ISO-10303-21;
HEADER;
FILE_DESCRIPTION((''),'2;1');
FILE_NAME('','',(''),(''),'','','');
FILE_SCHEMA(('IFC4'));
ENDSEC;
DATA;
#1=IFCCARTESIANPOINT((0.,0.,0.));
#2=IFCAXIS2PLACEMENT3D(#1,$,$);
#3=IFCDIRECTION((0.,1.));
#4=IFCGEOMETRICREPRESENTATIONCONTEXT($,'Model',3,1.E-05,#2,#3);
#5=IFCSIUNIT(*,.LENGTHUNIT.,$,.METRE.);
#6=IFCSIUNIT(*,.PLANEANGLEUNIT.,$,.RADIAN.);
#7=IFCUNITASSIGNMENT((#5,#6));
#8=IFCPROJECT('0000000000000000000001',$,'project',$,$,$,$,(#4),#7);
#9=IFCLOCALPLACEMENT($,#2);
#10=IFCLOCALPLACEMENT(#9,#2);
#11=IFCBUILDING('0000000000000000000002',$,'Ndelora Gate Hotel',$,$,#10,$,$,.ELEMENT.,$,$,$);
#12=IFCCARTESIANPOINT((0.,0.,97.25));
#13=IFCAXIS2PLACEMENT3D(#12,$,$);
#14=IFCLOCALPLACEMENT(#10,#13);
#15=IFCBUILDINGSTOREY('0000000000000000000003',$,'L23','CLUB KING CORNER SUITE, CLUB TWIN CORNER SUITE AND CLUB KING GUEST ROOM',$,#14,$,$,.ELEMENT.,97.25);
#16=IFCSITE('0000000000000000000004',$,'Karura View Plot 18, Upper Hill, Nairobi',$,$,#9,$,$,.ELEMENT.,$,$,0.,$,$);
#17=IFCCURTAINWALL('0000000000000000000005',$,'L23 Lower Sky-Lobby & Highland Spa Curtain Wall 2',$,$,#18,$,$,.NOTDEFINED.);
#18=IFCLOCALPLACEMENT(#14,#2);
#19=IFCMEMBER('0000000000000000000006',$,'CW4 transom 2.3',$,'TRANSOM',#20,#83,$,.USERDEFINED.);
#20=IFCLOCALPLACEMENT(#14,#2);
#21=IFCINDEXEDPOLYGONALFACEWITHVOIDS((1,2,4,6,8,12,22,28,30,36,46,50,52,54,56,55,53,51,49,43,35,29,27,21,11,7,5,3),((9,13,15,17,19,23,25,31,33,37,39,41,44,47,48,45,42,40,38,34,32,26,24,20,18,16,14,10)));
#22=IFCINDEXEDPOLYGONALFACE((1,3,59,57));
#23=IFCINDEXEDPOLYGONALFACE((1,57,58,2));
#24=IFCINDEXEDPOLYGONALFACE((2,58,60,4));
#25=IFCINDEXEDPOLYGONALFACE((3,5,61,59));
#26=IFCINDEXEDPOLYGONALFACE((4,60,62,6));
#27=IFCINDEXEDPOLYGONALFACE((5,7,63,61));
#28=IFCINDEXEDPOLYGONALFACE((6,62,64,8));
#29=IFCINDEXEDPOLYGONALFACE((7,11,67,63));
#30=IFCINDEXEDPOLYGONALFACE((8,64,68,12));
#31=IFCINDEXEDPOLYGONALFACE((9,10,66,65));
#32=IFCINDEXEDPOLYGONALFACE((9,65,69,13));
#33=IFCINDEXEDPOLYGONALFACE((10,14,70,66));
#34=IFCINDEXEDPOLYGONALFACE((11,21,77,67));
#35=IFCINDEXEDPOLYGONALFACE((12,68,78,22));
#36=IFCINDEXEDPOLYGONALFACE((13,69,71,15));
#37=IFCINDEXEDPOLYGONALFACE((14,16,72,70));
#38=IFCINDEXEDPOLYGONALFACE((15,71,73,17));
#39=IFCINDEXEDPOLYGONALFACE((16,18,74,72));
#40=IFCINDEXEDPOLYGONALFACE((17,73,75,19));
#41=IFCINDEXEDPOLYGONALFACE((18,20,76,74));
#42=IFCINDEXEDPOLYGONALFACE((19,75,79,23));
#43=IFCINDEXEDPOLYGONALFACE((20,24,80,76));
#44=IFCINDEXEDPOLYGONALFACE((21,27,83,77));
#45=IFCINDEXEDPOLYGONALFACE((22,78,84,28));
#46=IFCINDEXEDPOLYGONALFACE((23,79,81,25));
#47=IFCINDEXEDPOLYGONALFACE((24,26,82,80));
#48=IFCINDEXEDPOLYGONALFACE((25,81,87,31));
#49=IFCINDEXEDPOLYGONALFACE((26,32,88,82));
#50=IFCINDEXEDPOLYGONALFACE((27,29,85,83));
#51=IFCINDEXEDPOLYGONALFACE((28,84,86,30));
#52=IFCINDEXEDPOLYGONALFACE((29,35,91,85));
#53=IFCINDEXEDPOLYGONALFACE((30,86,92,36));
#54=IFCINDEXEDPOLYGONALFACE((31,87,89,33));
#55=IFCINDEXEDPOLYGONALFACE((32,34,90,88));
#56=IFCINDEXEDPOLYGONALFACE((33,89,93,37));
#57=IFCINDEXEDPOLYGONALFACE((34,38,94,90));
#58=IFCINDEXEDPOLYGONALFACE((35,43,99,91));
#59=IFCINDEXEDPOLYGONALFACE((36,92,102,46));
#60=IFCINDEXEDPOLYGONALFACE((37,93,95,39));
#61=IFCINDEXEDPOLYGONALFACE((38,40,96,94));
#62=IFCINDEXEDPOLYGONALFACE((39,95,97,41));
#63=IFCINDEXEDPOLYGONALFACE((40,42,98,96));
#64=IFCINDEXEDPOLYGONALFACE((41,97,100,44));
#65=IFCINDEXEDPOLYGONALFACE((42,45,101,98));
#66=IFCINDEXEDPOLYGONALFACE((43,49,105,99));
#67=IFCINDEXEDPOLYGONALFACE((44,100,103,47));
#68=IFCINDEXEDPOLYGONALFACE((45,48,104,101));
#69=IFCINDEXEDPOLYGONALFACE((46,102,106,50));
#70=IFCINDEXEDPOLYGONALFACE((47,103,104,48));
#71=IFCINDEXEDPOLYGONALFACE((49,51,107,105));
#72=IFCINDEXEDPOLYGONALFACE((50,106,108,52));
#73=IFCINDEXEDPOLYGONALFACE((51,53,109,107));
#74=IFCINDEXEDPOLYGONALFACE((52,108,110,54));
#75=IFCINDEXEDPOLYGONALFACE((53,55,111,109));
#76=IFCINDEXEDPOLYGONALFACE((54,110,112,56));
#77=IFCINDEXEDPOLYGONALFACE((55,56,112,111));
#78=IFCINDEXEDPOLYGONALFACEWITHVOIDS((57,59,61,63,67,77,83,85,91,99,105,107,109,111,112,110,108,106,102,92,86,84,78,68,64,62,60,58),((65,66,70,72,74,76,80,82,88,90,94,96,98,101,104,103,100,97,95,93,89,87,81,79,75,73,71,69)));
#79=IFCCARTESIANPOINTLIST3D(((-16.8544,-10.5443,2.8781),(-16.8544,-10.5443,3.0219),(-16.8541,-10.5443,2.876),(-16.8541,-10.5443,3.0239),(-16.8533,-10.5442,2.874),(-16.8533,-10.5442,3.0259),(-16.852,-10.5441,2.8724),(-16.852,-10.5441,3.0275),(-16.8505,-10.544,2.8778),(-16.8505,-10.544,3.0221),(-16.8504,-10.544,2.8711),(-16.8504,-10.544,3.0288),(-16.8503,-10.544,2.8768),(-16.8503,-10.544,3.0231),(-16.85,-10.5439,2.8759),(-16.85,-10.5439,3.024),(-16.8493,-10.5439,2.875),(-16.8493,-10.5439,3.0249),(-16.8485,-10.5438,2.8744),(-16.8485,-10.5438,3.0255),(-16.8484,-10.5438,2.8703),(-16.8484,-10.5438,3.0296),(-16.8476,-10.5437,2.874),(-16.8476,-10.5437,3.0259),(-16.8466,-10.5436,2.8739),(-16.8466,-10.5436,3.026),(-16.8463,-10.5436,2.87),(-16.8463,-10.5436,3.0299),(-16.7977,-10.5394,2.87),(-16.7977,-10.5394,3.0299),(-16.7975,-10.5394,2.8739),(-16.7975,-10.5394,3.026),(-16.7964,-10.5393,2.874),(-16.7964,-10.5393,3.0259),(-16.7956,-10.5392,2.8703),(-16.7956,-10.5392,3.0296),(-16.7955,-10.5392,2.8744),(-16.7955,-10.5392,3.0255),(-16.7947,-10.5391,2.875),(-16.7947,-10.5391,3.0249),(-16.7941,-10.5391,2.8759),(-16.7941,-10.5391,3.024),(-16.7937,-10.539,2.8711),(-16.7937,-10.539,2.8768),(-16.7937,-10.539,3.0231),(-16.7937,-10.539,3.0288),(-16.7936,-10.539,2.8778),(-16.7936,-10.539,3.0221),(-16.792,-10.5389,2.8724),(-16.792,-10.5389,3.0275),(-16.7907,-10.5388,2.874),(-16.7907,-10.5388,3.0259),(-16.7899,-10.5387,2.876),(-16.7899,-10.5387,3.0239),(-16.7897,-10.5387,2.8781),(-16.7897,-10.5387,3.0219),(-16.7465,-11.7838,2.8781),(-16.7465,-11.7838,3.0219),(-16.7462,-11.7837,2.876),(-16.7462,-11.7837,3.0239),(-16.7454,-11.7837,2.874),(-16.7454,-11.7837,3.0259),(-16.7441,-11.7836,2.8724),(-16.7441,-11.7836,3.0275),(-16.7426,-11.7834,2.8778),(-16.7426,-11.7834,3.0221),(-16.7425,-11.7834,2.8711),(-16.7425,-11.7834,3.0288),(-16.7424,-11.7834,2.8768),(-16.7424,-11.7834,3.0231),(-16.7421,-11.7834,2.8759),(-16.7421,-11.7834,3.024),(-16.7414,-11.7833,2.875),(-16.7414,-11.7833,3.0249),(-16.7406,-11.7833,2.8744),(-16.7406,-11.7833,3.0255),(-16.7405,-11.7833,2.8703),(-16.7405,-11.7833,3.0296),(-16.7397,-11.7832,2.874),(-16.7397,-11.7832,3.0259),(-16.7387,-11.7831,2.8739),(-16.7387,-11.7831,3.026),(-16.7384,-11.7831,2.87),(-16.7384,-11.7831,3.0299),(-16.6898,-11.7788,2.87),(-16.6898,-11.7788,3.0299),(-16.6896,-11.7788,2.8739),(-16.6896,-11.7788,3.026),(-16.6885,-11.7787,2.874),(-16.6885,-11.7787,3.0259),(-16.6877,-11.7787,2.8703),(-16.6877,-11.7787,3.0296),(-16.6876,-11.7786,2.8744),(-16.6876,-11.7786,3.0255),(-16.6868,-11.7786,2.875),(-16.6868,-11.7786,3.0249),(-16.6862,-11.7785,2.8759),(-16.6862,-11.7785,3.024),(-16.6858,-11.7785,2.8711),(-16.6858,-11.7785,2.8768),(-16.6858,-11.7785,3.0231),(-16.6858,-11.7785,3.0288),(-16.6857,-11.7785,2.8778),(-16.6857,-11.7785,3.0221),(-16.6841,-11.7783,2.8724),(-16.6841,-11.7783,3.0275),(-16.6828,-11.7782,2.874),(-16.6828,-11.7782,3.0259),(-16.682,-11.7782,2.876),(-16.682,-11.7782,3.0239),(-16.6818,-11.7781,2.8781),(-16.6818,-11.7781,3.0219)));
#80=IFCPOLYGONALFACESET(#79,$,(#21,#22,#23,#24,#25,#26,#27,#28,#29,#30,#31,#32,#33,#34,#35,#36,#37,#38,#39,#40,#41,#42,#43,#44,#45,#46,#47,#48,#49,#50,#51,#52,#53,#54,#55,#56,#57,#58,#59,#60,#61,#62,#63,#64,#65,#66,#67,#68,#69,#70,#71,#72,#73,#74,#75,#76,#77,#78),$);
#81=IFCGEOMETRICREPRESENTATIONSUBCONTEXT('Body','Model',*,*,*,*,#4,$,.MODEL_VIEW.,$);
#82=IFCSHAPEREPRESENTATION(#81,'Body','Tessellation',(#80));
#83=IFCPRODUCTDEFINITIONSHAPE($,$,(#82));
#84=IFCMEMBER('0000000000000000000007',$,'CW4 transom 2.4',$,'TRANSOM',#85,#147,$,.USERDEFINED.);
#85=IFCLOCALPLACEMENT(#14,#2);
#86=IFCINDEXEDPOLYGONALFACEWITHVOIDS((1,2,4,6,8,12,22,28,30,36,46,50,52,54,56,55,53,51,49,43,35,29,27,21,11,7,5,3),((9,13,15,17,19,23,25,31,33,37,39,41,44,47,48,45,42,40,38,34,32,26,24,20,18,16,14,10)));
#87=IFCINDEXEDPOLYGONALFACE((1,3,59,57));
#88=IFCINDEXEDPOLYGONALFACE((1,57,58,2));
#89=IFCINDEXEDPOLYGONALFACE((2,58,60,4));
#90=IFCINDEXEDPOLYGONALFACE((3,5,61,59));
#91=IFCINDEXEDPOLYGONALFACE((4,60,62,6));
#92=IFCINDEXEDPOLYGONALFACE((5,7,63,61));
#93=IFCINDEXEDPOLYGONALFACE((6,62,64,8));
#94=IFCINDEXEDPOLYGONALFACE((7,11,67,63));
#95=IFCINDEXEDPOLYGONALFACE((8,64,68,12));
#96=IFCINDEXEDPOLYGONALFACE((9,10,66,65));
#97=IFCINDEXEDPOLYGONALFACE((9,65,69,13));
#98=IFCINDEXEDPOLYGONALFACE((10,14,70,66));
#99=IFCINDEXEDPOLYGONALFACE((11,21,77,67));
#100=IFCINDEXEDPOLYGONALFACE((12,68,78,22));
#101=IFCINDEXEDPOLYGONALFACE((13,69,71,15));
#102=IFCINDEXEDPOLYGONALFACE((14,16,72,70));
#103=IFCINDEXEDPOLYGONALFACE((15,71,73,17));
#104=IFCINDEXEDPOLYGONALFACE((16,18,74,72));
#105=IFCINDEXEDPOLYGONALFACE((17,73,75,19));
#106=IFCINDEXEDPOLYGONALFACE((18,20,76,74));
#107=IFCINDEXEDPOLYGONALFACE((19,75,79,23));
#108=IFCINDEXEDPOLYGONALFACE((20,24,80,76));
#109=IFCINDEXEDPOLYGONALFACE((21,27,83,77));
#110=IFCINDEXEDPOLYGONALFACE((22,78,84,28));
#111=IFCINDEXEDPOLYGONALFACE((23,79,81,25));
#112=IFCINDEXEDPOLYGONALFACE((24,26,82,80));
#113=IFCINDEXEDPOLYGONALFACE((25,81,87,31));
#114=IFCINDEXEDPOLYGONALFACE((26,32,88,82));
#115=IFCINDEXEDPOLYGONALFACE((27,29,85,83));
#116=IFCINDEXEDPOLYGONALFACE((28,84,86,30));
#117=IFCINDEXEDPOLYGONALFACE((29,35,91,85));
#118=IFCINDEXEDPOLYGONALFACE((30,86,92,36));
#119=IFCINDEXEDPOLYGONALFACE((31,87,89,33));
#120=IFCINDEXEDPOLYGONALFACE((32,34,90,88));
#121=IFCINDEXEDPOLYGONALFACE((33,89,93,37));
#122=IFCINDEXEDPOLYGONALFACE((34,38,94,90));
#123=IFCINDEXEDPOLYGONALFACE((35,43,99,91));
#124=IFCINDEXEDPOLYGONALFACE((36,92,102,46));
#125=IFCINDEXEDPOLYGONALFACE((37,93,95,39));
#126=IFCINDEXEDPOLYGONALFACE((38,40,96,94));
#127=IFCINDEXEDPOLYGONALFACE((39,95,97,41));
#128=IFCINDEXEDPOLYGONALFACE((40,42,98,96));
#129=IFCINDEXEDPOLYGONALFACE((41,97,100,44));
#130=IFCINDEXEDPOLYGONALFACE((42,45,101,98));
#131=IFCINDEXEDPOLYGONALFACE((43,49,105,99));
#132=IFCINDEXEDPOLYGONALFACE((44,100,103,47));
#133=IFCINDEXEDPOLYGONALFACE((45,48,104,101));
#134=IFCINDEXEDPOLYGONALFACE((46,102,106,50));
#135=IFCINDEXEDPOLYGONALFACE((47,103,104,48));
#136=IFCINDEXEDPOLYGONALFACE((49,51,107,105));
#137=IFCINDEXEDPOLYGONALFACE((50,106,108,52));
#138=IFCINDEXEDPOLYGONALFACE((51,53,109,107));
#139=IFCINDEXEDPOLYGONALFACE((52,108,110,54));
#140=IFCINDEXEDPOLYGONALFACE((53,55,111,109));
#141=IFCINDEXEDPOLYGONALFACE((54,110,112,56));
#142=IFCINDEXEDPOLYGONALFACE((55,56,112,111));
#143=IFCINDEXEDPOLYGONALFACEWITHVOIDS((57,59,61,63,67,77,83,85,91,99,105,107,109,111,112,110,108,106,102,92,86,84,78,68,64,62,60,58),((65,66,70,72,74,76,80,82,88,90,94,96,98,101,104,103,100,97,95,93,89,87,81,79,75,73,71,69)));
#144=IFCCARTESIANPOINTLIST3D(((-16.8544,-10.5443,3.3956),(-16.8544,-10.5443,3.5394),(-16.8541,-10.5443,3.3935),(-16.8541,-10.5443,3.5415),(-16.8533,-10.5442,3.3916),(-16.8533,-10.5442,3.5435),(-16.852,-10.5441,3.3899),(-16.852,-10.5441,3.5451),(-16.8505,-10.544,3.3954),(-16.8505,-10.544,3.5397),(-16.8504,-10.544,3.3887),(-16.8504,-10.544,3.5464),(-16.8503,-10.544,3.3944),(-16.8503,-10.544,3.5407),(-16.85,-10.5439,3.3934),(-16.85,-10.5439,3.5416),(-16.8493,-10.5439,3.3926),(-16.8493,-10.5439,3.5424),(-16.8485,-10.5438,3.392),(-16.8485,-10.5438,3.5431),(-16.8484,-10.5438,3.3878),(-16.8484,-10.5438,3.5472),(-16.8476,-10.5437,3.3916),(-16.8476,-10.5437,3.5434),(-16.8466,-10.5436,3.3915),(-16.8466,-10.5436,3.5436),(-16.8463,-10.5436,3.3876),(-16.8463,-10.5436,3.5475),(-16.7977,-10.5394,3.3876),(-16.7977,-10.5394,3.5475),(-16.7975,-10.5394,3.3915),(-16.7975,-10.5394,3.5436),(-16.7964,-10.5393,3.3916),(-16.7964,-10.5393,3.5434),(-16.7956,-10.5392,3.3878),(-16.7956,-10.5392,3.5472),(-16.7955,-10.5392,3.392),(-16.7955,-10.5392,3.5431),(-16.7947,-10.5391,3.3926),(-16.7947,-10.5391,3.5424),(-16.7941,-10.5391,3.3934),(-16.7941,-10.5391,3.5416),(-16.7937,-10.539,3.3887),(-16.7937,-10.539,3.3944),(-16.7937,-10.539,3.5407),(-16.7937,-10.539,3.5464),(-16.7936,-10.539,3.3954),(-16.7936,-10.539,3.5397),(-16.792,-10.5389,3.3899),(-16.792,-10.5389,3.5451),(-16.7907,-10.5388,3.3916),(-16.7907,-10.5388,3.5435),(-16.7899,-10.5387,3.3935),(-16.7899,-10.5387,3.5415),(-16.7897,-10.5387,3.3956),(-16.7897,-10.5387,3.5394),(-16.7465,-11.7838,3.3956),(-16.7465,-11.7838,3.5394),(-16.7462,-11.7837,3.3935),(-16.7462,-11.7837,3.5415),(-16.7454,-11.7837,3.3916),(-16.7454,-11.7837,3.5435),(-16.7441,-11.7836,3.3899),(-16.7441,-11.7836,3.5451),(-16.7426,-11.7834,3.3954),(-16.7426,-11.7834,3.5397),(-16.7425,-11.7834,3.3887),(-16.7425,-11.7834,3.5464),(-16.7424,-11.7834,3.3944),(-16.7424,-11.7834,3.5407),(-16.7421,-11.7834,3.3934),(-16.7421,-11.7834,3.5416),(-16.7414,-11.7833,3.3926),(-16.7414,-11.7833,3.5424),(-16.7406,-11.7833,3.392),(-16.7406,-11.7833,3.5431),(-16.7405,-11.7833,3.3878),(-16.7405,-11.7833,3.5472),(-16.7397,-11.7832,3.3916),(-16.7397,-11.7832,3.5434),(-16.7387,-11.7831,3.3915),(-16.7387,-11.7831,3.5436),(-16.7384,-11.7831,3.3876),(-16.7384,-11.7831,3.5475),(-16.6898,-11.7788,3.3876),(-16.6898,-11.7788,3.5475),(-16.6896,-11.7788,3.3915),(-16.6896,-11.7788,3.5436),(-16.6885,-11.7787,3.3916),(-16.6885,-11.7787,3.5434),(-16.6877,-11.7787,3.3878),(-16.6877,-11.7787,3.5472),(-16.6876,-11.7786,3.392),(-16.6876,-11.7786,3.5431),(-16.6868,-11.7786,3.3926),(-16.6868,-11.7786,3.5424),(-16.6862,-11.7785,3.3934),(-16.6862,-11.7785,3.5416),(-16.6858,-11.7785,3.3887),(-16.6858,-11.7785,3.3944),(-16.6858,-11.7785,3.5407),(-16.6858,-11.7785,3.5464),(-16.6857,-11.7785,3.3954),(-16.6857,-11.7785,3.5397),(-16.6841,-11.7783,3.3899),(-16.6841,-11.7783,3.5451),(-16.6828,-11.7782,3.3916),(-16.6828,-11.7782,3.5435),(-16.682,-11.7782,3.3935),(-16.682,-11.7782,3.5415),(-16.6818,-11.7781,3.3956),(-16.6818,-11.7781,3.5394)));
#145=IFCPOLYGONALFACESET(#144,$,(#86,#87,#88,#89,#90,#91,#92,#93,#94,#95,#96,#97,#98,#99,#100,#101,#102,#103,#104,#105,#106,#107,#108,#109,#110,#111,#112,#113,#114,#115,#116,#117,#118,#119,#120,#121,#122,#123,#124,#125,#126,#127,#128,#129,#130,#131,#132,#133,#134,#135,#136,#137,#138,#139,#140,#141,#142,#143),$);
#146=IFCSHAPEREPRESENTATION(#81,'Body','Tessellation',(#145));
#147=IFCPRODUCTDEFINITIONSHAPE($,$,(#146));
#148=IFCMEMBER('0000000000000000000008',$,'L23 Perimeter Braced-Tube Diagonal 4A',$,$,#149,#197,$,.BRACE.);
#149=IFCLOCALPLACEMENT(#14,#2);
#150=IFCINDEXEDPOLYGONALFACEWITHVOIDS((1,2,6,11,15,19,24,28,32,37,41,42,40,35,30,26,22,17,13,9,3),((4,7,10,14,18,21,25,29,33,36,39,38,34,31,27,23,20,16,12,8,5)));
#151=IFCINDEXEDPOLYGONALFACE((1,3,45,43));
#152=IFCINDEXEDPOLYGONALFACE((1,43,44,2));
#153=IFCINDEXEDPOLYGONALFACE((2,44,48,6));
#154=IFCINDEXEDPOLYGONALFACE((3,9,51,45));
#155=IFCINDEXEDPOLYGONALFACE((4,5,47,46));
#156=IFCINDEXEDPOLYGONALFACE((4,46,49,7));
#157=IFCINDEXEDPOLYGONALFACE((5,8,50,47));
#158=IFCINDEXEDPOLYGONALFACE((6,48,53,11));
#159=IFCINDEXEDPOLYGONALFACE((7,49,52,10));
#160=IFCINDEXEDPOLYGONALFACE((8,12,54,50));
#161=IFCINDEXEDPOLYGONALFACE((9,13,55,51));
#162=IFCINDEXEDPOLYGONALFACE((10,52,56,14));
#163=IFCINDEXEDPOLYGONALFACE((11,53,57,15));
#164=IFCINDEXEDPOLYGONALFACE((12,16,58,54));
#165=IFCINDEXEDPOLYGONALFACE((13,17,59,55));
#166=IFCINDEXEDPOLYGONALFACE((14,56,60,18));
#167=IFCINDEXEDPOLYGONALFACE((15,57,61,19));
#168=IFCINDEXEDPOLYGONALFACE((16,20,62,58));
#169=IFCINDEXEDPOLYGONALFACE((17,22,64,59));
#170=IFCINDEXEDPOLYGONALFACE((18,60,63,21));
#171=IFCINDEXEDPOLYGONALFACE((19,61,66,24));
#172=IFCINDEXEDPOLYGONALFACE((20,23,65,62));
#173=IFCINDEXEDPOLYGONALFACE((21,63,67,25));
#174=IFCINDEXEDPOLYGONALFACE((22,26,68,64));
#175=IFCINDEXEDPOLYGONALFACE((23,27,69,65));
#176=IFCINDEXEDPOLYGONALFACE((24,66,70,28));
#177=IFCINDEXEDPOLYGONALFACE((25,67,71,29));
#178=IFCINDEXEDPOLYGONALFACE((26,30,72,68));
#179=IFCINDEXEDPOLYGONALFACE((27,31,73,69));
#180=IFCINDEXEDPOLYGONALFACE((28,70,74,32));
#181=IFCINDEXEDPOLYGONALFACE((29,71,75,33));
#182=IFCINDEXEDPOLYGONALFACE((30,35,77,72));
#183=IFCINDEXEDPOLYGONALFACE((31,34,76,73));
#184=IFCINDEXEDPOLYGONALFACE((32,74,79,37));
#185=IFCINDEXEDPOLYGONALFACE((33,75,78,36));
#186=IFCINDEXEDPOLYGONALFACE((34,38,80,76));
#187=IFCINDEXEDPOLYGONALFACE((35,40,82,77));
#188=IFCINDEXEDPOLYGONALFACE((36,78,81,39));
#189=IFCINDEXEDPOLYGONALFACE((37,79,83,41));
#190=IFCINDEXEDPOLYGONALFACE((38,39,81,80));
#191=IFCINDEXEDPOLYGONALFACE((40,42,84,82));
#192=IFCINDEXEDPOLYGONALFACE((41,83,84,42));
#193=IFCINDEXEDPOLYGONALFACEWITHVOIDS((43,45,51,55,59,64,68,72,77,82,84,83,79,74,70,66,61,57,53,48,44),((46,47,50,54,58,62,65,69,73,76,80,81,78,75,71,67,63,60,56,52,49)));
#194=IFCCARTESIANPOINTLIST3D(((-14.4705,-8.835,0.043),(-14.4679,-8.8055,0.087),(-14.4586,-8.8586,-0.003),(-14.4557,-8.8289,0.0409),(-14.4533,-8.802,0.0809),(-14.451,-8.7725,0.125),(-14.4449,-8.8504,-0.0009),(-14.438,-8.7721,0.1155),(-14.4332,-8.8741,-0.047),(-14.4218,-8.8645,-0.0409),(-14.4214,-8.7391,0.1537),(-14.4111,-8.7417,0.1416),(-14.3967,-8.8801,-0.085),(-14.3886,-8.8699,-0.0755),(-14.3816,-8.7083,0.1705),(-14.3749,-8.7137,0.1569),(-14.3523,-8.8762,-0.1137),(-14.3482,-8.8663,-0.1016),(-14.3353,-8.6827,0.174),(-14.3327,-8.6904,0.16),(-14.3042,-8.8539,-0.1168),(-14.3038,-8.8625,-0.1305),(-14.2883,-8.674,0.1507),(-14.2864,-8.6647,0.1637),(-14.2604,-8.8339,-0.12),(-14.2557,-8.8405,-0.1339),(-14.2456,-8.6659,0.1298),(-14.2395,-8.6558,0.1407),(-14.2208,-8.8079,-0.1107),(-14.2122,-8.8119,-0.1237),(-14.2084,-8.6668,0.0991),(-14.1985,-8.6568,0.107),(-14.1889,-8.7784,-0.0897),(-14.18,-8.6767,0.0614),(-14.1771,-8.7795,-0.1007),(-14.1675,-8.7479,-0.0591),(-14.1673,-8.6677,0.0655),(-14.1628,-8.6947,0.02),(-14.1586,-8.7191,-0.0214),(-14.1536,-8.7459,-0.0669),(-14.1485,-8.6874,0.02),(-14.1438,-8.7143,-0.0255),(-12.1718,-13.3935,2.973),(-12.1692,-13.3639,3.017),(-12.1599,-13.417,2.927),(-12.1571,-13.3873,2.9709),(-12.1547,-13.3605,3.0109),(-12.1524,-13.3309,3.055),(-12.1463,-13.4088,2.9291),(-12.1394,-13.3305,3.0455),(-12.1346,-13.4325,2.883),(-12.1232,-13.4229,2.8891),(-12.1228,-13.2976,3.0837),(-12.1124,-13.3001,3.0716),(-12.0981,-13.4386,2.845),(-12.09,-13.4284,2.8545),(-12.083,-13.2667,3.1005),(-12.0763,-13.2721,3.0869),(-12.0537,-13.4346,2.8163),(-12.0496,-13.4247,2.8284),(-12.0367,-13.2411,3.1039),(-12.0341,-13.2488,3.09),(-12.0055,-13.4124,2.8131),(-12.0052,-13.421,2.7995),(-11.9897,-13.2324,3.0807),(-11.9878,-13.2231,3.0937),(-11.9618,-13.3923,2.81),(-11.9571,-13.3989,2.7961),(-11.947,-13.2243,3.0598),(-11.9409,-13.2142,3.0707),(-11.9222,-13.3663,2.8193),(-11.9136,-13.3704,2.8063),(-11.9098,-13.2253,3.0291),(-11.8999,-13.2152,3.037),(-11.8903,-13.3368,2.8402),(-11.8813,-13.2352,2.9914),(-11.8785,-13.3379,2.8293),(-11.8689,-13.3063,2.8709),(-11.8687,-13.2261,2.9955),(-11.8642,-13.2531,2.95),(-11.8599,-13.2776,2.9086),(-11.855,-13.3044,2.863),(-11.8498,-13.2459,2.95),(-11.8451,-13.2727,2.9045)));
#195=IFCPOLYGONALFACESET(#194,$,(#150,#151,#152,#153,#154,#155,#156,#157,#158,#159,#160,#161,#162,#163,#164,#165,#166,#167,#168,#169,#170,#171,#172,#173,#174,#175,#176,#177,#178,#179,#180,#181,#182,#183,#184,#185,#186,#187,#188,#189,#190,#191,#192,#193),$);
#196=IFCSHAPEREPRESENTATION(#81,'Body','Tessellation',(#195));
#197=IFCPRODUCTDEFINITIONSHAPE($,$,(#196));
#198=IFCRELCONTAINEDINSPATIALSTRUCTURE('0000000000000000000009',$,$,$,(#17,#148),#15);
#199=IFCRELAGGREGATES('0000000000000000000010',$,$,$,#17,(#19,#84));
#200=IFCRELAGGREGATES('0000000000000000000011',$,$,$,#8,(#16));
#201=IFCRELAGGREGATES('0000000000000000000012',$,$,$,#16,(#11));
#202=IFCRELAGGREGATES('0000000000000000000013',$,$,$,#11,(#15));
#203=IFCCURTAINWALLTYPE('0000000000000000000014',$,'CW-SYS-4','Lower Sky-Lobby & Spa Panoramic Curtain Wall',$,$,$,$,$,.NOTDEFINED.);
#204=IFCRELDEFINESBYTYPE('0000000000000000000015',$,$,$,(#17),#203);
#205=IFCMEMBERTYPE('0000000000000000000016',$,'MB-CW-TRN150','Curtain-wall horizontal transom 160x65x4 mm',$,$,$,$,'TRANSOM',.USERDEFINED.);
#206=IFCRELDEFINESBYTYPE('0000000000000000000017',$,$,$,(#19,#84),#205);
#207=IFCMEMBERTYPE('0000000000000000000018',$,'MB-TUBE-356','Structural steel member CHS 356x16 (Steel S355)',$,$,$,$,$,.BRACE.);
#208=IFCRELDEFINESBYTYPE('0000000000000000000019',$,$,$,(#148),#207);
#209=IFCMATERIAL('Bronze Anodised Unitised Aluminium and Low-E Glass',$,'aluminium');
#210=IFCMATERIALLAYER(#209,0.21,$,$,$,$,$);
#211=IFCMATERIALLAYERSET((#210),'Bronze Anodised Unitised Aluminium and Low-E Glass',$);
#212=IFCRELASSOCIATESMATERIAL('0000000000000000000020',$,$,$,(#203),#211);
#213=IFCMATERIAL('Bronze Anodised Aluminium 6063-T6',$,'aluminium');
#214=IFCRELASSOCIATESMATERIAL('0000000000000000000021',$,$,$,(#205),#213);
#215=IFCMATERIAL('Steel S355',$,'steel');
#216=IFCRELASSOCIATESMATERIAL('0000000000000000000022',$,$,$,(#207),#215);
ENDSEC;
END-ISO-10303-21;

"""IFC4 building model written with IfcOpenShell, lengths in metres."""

from ifc_helpers import new_model, si_unit, direction, frame, origin, origin_2d, place, context, subcontext, project, spatial, hollow_rectangle, hollow_circle, extrude, material, layer, layer_set, material_profile, profile_set, type_object, element, aggregate, save


model = new_model("IFC4")

# Units and contexts
model_context = context("Model", 3, precision=1e-05, world=origin(), true_north=direction((0.0, 1.0)))
body_context = subcontext(model_context, "Body", "Model", "MODEL_VIEW")
ifc_project = project(units=[si_unit("LENGTHUNIT", "METRE"), si_unit("PLANEANGLEUNIT", "RADIAN")], contexts=[model_context])

# Site, building, storey
site_placement = place(None, origin())
site = spatial("IfcSite", under=ifc_project, at=site_placement, Name="Karura View Plot 18, Upper Hill, Nairobi", CompositionType="ELEMENT", RefElevation=0.0)
building_placement = place(site_placement, origin())
building = spatial("IfcBuilding", under=site, at=building_placement, Name="Ndelora Gate Hotel", CompositionType="ELEMENT")
storey_placement = place(building_placement, frame((0.0, 0.0, 97.25)))
storey = spatial("IfcBuildingStorey", under=building, at=storey_placement, Name="L23", Description="CLUB KING CORNER SUITE, CLUB TWIN CORNER SUITE AND CLUB KING GUEST ROOM", CompositionType="ELEMENT", Elevation=97.25)

# Shared definitions
ifc_material_1 = material(Name="Steel S355", Category="steel")

# Curtain wall, members
ifc_material_2 = material(Name="Bronze Anodised Unitised Aluminium and Low-E Glass", Category="aluminium")
ifc_layer_1 = layer(ifc_material_2, 0.21)
ifc_layer_set_1 = layer_set([ifc_layer_1], Name="Bronze Anodised Unitised Aluminium and Low-E Glass")
curtain_wall_type = type_object("IfcCurtainWallType", Name="CW-SYS-4", Description="Lower Sky-Lobby & Spa Panoramic Curtain Wall", PredefinedType="NOTDEFINED", material=ifc_layer_set_1)
curtain_wall_placement = place(storey_placement, origin())
curtain_wall = element("IfcCurtainWall", 1, at=curtain_wall_placement, inside=storey, type_object=curtain_wall_type, Name="L23 Lower Sky-Lobby & Highland Spa Curtain Wall 2", PredefinedType="NOTDEFINED")
ifc_material_3 = material(Name="Bronze Anodised Aluminium 6063-T6", Category="aluminium")
ifc_material_profile_1 = material_profile(ifc_material_3, hollow_rectangle(XDim=0.0649, YDim=0.1599, WallThickness=0.0039, InnerFilletRadius=0.0039, OuterFilletRadius=0.0081, at=origin_2d()), Name="ALU 160x65x4")
ifc_profile_set_1 = profile_set([ifc_material_profile_1], Name="Bronze Anodised Aluminium 6063-T6")
member_type_1 = type_object("IfcMemberType", Name="MB-CW-TRN150", Description="Curtain-wall horizontal transom 160x65x4 mm", ElementType="TRANSOM", PredefinedType="USERDEFINED", material=ifc_profile_set_1)
member_1_placement = place(storey_placement, frame((-16.822, -10.5415, 2.95), z_axis=(0.086731, -0.996232, 0.0), x_axis=(0.996232, 0.086731, 0.0)))
member_1 = element("IfcMember", 2, at=member_1_placement, type_object=member_type_1, Name="CW4 transom 2.3", ObjectType="TRANSOM", PredefinedType="USERDEFINED", context=body_context, shape_type="SweptSolid", body=[
    extrude(hollow_rectangle(XDim=0.0649, YDim=0.1599, WallThickness=0.0039, InnerFilletRadius=0.0039, OuterFilletRadius=0.0081, at=origin_2d()), origin(), (0.0, 0.0, 1.0), 1.2441),
])
member_2_placement = place(storey_placement, frame((-16.822, -10.5415, 3.4675), z_axis=(0.086731, -0.996232, 0.0), x_axis=(0.996232, 0.086731, 0.0)))
member_2 = element("IfcMember", 3, at=member_2_placement, type_object=member_type_1, Name="CW4 transom 2.4", ObjectType="TRANSOM", PredefinedType="USERDEFINED", context=body_context, shape_type="SweptSolid", body=[
    extrude(hollow_rectangle(XDim=0.0649, YDim=0.1599, WallThickness=0.0039, InnerFilletRadius=0.0039, OuterFilletRadius=0.0081, at=origin_2d()), origin(), (0.0, 0.0, 1.0), 1.2441),
])

# Member
ifc_material_profile_2 = material_profile(ifc_material_1, hollow_circle(Radius=0.178, WallThickness=0.0161, at=origin_2d()), Name="CHS 356x16")
ifc_profile_set_2 = profile_set([ifc_material_profile_2], Name="Steel S355")
member_type_2 = type_object("IfcMemberType", Name="MB-TUBE-356", Description="Structural steel member CHS 356x16 (Steel S355)", PredefinedType="BRACE", material=ifc_profile_set_2)
member_3_placement = place(storey_placement, frame((-14.3074, -8.7676, 0.02), z_axis=(0.390508, -0.774422, 0.497769), x_axis=(0.892901, 0.450253, 0.0)))
element("IfcMember", 4, at=member_3_placement, inside=storey, type_object=member_type_2, Name="L23 Perimeter Braced-Tube Diagonal 4A", PredefinedType="BRACE", context=body_context, shape_type="SweptSolid", body=[
    extrude(hollow_circle(Radius=0.178, WallThickness=0.0161, at=origin_2d()), origin(), (0.0, 0.0, 1.0), 5.8862),
])

aggregate(curtain_wall, [member_1, member_2])

save(model, "model.ifc")
